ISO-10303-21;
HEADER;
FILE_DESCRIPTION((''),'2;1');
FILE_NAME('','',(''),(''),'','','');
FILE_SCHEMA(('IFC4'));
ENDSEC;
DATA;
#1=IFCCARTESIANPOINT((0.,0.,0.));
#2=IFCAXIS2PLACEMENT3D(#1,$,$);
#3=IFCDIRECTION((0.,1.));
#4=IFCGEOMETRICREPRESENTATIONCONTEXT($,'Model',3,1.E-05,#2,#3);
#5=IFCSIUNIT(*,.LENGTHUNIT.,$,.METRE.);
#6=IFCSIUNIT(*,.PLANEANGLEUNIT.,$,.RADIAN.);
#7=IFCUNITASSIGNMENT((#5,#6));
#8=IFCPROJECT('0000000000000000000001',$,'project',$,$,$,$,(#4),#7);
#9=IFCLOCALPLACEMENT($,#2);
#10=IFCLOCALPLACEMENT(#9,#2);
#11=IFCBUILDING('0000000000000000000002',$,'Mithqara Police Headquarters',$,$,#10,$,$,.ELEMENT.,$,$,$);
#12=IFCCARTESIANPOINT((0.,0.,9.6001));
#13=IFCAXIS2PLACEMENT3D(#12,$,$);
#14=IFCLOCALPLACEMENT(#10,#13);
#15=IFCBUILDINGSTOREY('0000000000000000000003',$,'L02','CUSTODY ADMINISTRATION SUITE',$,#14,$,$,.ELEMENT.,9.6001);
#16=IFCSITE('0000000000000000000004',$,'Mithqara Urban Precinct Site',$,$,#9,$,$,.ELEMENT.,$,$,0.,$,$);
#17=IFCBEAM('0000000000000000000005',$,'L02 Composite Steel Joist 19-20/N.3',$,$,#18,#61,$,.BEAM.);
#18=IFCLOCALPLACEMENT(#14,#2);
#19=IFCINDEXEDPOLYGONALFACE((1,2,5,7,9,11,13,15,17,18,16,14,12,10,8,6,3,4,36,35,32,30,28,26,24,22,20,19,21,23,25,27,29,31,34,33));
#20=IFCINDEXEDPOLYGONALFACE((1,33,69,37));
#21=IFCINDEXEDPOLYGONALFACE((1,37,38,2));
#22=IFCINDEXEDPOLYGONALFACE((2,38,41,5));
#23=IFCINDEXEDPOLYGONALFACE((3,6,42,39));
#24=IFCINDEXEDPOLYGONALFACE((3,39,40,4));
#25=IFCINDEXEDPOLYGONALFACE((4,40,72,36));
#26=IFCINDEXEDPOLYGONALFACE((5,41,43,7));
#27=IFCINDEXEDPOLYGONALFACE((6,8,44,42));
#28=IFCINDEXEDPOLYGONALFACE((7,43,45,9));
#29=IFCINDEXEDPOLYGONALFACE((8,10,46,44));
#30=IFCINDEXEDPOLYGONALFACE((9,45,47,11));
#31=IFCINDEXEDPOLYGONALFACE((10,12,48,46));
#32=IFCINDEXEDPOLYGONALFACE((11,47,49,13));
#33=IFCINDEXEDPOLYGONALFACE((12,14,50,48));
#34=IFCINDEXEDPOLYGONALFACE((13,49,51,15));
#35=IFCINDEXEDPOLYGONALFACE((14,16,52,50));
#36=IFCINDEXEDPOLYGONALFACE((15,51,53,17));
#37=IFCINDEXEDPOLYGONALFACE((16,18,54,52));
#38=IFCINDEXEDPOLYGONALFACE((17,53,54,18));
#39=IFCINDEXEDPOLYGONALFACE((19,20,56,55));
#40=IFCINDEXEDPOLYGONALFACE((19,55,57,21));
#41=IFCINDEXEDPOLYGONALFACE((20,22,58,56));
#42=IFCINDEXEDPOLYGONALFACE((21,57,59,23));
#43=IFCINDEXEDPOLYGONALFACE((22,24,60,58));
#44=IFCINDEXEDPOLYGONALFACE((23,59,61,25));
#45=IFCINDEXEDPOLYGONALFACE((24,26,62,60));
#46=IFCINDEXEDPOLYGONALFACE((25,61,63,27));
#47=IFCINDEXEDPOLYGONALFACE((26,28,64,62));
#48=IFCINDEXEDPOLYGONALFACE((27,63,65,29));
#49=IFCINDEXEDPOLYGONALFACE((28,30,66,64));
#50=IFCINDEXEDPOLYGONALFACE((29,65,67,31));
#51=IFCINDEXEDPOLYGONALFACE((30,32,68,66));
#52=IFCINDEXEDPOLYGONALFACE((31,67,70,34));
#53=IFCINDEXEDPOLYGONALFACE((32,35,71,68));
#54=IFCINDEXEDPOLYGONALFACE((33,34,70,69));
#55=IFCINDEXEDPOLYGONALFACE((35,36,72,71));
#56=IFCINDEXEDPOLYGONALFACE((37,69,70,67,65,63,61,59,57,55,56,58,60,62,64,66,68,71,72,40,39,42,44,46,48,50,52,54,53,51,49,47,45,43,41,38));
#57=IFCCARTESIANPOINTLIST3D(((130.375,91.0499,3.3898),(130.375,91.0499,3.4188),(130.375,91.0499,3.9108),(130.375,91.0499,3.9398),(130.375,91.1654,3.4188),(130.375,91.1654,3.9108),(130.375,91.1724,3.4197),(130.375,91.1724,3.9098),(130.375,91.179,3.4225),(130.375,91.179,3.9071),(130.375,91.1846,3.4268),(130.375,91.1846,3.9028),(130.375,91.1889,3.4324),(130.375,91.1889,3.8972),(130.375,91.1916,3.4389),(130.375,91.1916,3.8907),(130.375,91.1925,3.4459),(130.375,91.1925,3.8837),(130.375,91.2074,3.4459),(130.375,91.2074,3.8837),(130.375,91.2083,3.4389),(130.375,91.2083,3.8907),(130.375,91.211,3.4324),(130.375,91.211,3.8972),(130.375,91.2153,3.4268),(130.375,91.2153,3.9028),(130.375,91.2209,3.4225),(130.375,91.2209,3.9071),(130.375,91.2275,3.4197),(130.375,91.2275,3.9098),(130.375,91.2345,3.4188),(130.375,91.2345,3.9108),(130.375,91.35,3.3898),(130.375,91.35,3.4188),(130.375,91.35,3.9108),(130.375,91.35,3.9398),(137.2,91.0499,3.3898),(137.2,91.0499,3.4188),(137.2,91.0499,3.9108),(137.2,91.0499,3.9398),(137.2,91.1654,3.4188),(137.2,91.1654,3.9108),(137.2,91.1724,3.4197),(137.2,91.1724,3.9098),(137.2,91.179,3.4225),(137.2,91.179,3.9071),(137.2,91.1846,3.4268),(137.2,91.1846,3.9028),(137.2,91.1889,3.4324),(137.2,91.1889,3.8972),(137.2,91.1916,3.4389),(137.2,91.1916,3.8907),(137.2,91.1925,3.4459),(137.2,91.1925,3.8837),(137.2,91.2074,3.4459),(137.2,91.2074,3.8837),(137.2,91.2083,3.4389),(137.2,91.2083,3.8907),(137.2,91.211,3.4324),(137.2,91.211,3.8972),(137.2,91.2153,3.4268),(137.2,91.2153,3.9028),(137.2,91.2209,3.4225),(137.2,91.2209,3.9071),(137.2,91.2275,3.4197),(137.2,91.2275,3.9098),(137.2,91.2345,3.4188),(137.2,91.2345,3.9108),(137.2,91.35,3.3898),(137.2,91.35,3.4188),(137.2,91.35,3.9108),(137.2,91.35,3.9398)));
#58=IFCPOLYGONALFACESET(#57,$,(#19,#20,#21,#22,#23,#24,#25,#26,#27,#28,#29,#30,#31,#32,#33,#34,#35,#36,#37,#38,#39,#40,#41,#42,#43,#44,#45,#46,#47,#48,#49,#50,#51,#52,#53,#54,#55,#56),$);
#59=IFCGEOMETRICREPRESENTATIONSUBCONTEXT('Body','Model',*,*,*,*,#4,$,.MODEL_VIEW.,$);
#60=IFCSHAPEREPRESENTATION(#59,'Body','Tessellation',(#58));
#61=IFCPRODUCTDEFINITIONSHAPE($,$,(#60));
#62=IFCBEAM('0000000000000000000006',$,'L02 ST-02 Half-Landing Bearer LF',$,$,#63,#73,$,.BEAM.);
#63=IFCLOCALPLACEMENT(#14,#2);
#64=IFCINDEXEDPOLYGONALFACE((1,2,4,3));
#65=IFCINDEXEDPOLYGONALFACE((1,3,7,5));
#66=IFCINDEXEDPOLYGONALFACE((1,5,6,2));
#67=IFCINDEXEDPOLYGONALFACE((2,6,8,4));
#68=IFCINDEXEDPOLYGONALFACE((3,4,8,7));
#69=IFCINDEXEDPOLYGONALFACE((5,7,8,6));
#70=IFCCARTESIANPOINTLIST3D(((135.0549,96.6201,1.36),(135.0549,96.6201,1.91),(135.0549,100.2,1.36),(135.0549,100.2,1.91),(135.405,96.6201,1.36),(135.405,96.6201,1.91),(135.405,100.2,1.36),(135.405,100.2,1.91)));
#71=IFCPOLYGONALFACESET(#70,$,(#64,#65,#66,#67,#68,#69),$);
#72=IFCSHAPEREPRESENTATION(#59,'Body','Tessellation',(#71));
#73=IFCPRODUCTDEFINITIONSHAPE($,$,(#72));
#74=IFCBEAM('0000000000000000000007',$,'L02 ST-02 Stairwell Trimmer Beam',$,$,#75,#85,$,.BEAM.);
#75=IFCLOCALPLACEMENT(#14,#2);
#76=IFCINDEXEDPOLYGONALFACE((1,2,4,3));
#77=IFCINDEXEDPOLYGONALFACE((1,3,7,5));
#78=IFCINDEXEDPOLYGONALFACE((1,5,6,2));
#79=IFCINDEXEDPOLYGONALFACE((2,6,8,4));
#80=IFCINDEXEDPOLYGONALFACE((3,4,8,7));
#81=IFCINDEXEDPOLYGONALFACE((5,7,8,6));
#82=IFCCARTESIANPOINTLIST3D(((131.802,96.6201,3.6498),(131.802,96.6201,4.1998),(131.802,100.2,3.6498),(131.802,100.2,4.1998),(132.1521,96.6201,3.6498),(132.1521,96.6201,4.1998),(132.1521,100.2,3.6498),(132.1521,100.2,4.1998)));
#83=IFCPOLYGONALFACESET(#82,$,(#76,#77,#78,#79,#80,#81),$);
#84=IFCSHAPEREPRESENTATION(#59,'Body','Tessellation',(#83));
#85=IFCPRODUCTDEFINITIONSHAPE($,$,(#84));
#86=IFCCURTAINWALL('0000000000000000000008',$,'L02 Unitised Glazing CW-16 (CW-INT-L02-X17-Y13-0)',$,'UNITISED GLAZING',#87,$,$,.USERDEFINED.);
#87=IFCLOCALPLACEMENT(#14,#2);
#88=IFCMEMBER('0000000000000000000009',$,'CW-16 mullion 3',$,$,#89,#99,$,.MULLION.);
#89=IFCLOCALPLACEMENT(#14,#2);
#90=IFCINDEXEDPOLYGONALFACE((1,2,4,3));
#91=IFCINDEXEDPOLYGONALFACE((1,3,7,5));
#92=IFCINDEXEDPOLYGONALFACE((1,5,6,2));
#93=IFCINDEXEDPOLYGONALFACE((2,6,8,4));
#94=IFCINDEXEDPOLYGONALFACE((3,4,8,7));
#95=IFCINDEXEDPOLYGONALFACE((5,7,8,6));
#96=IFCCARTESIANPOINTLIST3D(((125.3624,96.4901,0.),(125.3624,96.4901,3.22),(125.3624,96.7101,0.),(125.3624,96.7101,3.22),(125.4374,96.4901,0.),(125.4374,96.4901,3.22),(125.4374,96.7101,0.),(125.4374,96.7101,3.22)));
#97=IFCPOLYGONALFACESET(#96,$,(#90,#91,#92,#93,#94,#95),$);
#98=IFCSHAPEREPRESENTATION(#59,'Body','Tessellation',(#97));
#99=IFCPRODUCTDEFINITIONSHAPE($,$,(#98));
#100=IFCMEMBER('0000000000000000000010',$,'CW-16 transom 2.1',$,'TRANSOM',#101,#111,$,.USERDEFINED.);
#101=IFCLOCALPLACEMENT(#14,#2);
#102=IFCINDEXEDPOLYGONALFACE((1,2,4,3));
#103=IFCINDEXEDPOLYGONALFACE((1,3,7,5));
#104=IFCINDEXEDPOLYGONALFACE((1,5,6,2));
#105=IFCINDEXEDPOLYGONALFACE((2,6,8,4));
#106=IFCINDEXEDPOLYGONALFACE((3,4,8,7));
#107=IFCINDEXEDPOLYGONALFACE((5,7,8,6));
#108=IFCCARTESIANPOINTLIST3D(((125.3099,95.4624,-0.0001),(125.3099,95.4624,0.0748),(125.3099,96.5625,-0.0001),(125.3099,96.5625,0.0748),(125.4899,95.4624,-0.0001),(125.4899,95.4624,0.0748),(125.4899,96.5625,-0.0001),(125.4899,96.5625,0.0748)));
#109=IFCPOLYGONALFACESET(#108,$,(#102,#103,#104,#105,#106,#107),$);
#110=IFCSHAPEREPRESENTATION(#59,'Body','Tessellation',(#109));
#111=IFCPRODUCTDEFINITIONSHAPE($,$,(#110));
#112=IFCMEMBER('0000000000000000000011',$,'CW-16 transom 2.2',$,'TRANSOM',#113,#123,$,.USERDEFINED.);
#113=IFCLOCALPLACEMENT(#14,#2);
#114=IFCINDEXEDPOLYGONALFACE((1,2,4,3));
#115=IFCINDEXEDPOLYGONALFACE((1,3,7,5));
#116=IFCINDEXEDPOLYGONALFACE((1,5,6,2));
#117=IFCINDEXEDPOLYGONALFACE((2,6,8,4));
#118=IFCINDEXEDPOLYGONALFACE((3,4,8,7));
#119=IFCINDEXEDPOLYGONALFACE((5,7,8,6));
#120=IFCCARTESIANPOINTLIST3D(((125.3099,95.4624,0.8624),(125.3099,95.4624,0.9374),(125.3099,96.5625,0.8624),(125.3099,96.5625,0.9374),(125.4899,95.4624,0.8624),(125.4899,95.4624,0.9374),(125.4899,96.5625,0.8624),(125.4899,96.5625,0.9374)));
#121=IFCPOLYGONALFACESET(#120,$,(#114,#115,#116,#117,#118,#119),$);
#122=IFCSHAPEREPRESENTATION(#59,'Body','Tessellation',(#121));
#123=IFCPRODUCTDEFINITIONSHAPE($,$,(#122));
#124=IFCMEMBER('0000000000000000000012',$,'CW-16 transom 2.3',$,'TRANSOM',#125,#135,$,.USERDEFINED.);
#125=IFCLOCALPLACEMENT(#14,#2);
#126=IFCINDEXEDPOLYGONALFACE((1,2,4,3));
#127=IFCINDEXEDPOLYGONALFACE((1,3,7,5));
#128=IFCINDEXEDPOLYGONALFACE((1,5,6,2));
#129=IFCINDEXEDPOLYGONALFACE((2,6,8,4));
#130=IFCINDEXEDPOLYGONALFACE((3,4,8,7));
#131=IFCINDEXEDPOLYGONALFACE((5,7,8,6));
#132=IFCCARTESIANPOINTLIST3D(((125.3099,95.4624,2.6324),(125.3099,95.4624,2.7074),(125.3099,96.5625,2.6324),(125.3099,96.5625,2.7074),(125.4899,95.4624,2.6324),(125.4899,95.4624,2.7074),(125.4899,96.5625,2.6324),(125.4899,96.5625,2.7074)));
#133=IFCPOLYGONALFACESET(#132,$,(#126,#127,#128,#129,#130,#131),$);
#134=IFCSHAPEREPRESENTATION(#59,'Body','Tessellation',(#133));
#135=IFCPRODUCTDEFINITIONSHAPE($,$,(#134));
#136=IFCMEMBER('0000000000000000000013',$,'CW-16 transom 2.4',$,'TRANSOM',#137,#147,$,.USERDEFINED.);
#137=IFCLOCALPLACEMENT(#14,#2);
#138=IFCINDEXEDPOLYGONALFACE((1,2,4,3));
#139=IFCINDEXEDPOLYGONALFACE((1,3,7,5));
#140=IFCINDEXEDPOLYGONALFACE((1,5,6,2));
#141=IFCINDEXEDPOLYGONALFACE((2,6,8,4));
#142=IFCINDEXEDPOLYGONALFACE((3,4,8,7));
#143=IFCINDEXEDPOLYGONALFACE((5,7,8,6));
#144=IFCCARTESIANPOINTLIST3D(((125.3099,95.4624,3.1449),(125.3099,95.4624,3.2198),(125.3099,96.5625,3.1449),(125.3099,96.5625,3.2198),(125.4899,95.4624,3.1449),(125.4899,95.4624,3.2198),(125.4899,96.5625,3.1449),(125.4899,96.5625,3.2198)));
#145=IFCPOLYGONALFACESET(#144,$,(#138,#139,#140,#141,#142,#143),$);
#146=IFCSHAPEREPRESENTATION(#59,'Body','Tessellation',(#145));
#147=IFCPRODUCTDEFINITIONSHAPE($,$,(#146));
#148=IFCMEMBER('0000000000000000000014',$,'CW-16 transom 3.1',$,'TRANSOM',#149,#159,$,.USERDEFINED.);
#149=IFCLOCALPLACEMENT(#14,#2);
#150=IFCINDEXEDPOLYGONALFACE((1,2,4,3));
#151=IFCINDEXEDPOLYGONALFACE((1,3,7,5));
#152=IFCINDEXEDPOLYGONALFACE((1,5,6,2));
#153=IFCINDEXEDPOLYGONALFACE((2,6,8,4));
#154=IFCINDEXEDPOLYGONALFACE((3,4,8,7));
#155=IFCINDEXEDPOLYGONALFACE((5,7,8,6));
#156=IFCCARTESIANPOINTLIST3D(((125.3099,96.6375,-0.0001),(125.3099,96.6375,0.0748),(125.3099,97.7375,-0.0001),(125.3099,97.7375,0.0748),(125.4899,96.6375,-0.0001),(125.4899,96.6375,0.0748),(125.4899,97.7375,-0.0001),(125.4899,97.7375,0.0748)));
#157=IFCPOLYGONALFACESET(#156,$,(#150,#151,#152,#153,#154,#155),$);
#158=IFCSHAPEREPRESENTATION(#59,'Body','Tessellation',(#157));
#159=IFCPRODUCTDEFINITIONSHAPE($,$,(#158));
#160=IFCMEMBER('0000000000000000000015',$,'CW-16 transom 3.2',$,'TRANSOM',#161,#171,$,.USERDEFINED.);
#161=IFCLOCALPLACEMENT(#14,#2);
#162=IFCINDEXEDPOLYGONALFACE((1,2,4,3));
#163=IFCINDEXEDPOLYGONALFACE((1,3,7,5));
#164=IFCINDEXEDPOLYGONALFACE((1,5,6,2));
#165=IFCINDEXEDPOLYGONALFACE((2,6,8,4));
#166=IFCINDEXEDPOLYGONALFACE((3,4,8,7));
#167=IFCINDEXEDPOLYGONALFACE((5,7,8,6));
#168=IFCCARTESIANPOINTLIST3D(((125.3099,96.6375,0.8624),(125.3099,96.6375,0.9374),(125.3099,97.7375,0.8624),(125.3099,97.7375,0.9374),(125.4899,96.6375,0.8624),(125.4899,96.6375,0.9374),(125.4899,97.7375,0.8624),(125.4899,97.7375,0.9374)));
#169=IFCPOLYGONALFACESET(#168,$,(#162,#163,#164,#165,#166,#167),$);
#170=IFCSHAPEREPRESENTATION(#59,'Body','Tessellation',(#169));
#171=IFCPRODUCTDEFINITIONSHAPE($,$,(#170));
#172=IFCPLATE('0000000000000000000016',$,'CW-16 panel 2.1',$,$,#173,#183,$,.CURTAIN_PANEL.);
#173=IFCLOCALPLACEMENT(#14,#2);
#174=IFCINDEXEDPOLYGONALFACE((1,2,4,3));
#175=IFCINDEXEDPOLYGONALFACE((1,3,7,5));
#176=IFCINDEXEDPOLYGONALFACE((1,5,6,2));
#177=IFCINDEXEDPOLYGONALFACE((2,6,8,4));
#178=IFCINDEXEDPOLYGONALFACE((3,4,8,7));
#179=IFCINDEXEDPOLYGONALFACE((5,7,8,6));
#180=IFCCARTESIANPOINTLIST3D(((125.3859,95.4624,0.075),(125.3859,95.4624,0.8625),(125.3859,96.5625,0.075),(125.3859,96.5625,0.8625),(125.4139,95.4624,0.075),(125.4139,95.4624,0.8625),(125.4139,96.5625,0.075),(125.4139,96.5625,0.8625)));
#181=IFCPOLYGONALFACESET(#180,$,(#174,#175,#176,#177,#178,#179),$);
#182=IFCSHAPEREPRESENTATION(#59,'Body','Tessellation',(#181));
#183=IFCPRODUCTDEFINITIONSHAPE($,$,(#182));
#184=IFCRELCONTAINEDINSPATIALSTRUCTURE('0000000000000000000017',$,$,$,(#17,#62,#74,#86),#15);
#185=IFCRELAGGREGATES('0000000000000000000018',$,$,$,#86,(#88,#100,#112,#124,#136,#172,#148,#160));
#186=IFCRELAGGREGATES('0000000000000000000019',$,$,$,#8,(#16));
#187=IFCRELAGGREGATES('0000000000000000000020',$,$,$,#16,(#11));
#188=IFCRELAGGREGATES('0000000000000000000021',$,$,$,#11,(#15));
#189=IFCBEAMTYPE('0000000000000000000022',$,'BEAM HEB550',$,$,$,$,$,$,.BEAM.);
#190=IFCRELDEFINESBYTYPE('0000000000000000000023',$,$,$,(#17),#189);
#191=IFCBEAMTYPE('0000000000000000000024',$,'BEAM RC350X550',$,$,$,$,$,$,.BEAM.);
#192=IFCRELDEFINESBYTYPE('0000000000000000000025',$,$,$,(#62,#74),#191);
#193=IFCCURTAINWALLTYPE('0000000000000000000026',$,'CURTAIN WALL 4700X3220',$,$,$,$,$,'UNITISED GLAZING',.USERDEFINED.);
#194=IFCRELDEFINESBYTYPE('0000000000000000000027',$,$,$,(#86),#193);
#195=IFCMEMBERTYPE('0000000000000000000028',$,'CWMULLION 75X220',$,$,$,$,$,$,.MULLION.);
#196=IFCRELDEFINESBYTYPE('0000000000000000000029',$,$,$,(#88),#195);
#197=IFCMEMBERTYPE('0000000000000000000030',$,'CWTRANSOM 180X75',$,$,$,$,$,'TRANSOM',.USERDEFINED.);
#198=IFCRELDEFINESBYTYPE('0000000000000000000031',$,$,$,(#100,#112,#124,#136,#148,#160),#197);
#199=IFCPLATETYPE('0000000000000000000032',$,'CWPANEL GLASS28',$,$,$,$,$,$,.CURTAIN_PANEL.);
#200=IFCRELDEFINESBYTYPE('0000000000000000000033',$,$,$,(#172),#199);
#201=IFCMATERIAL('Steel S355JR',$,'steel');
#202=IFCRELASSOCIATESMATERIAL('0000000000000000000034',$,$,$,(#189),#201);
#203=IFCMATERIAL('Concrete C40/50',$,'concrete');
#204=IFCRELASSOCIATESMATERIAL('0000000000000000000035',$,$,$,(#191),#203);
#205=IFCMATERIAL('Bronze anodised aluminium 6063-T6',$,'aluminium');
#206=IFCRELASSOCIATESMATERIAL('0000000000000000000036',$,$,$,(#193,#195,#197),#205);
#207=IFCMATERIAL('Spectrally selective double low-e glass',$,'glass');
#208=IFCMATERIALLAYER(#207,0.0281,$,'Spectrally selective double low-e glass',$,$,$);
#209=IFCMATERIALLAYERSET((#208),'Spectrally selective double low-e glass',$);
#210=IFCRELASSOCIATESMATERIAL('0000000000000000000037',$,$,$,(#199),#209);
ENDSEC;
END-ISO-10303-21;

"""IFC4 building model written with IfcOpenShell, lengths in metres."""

from ifc_helpers import new_model, si_unit, direction, frame, origin, origin_2d, place, context, subcontext, project, spatial, rectangle, i_section, extrude, material, layer, layer_set, material_profile, profile_set, type_object, element, aggregate, save


model = new_model("IFC4")

# Units and contexts
model_context = context("Model", 3, precision=1e-05, world=origin(), true_north=direction((0.0, 1.0)))
body_context = subcontext(model_context, "Body", "Model", "MODEL_VIEW")
ifc_project = project(units=[si_unit("LENGTHUNIT", "METRE"), si_unit("PLANEANGLEUNIT", "RADIAN")], contexts=[model_context])

# Site, building, storey
site_placement = place(None, origin())
site = spatial("IfcSite", under=ifc_project, at=site_placement, Name="Mithqara Urban Precinct Site", CompositionType="ELEMENT", RefElevation=0.0)
building_placement = place(site_placement, origin())
building = spatial("IfcBuilding", under=site, at=building_placement, Name="Mithqara Police Headquarters", CompositionType="ELEMENT")
storey_placement = place(building_placement, frame((0.0, 0.0, 9.6001)))
storey = spatial("IfcBuildingStorey", under=building, at=storey_placement, Name="L02", Description="CUSTODY ADMINISTRATION SUITE", CompositionType="ELEMENT", Elevation=9.6001)

# Beams
ifc_material_1 = material(Name="Steel S355JR", Category="steel")
ifc_material_profile_1 = material_profile(ifc_material_1, i_section(OverallWidth=0.3, OverallDepth=0.55, WebThickness=0.0149, FlangeThickness=0.0291, FilletRadius=0.0271, at=origin_2d()), Name="HEB 550")
ifc_profile_set_1 = profile_set([ifc_material_profile_1], Name="Steel S355JR")
beam_type_1 = type_object("IfcBeamType", Name="BEAM HEB550", PredefinedType="BEAM", material=ifc_profile_set_1)
beam_placement = place(storey_placement, frame((130.375, 91.2, 3.6648), z_axis=(1.0, 0.0, 0.0), x_axis=(0.0, 1.0, 0.0)))
element("IfcBeam", 1, at=beam_placement, inside=storey, type_object=beam_type_1, Name="L02 Composite Steel Joist 19-20/N.3", PredefinedType="BEAM", context=body_context, shape_type="SweptSolid", body=[
    extrude(i_section(OverallWidth=0.3, OverallDepth=0.55, WebThickness=0.0149, FlangeThickness=0.0291, FilletRadius=0.0271, at=origin_2d()), origin(), (0.0, 0.0, 1.0), 6.825),
])
ifc_material_2 = material(Name="Concrete C40/50", Category="concrete")
ifc_material_profile_2 = material_profile(ifc_material_2, rectangle(XDim=0.3501, YDim=0.55, at=origin_2d()), Name="RC 350x550")
ifc_profile_set_2 = profile_set([ifc_material_profile_2], Name="Concrete C40/50")
beam_type_2 = type_object("IfcBeamType", Name="BEAM RC350X550", PredefinedType="BEAM", material=ifc_profile_set_2)
for number, where, z_axis, x_axis, name in (
    (2, (135.23, 96.6201, 1.635), (0.0, 1.0, 0.0), (-1.0, 0.0, 0.0), "L02 ST-02 Half-Landing Bearer LF"),
    (3, (131.9771, 96.6201, 3.9248), (0.0, 1.0, 0.0), (-1.0, 0.0, 0.0), "L02 ST-02 Stairwell Trimmer Beam"),
):
    element("IfcBeam", number, at=place(storey_placement, frame(where, z_axis=z_axis, x_axis=x_axis)), inside=storey, type_object=beam_type_2, Name=name, PredefinedType="BEAM", context=body_context, shape_type="SweptSolid", body=[
        extrude(rectangle(XDim=0.3501, YDim=0.55, at=origin_2d()), origin(), (0.0, 0.0, 1.0), 3.5798),
    ])

# Curtain wall, members, plate
ifc_material_3 = material(Name="Bronze anodised aluminium 6063-T6", Category="aluminium")
curtain_wall_type = type_object("IfcCurtainWallType", Name="CURTAIN WALL 4700X3220", ElementType="UNITISED GLAZING", PredefinedType="USERDEFINED", material=ifc_material_3)
curtain_wall_placement = place(storey_placement, origin())
curtain_wall = element("IfcCurtainWall", 4, at=curtain_wall_placement, inside=storey, type_object=curtain_wall_type, Name="L02 Unitised Glazing CW-16 (CW-INT-L02-X17-Y13-0)", ObjectType="UNITISED GLAZING", PredefinedType="USERDEFINED")
ifc_material_profile_3 = material_profile(ifc_material_3, rectangle(XDim=0.075, YDim=0.22, at=origin_2d()), Name="CWM 75x220")
ifc_profile_set_3 = profile_set([ifc_material_profile_3], Name="Bronze anodised aluminium 6063-T6")
member_type_1 = type_object("IfcMemberType", Name="CWMULLION 75X220", PredefinedType="MULLION", material=ifc_profile_set_3)
member_1_placement = place(storey_placement, frame((125.3999, 96.6001, 0.0), z_axis=(0.0, 0.0, 1.0), x_axis=(-1.0, 0.0, 0.0)))
member_1 = element("IfcMember", 5, at=member_1_placement, type_object=member_type_1, Name="CW-16 mullion 3", PredefinedType="MULLION", context=body_context, shape_type="SweptSolid", body=[
    extrude(rectangle(XDim=0.075, YDim=0.22, at=origin_2d()), origin(), (0.0, 0.0, 1.0), 3.22),
])
ifc_material_profile_4 = material_profile(ifc_material_3, rectangle(XDim=0.1799, YDim=0.075, at=origin_2d()), Name="CWT 180x75")
ifc_profile_set_4 = profile_set([ifc_material_profile_4], Name="Bronze anodised aluminium 6063-T6")
member_type_2 = type_object("IfcMemberType", Name="CWTRANSOM 180X75", ElementType="TRANSOM", PredefinedType="USERDEFINED", material=ifc_profile_set_4)
member_2_placement = place(storey_placement, frame((125.3999, 95.4624, 0.0374), z_axis=(0.0, 1.0, 0.0), x_axis=(-1.0, 0.0, 0.0)))
member_2 = element("IfcMember", 6, at=member_2_placement, type_object=member_type_2, Name="CW-16 transom 2.1", ObjectType="TRANSOM", PredefinedType="USERDEFINED", context=body_context, shape_type="SweptSolid", body=[
    extrude(rectangle(XDim=0.1799, YDim=0.075, at=origin_2d()), origin(), (0.0, 0.0, 1.0), 1.1001),
])
member_3_placement = place(storey_placement, frame((125.3999, 95.4624, 0.8999), z_axis=(0.0, 1.0, 0.0), x_axis=(-1.0, 0.0, 0.0)))
member_3 = element("IfcMember", 7, at=member_3_placement, type_object=member_type_2, Name="CW-16 transom 2.2", ObjectType="TRANSOM", PredefinedType="USERDEFINED", context=body_context, shape_type="SweptSolid", body=[
    extrude(rectangle(XDim=0.1799, YDim=0.075, at=origin_2d()), origin(), (0.0, 0.0, 1.0), 1.1001),
])
member_4_placement = place(storey_placement, frame((125.3999, 95.4624, 2.6699), z_axis=(0.0, 1.0, 0.0), x_axis=(-1.0, 0.0, 0.0)))
member_4 = element("IfcMember", 8, at=member_4_placement, type_object=member_type_2, Name="CW-16 transom 2.3", ObjectType="TRANSOM", PredefinedType="USERDEFINED", context=body_context, shape_type="SweptSolid", body=[
    extrude(rectangle(XDim=0.1799, YDim=0.075, at=origin_2d()), origin(), (0.0, 0.0, 1.0), 1.1001),
])
member_5_placement = place(storey_placement, frame((125.3999, 95.4624, 3.1824), z_axis=(0.0, 1.0, 0.0), x_axis=(-1.0, 0.0, 0.0)))
member_5 = element("IfcMember", 9, at=member_5_placement, type_object=member_type_2, Name="CW-16 transom 2.4", ObjectType="TRANSOM", PredefinedType="USERDEFINED", context=body_context, shape_type="SweptSolid", body=[
    extrude(rectangle(XDim=0.1799, YDim=0.075, at=origin_2d()), origin(), (0.0, 0.0, 1.0), 1.1001),
])
member_6_placement = place(storey_placement, frame((125.3999, 96.6375, 0.0374), z_axis=(0.0, 1.0, 0.0), x_axis=(-1.0, 0.0, 0.0)))
member_6 = element("IfcMember", 10, at=member_6_placement, type_object=member_type_2, Name="CW-16 transom 3.1", ObjectType="TRANSOM", PredefinedType="USERDEFINED", context=body_context, shape_type="SweptSolid", body=[
    extrude(rectangle(XDim=0.1799, YDim=0.075, at=origin_2d()), origin(), (0.0, 0.0, 1.0), 1.1001),
])
member_7_placement = place(storey_placement, frame((125.3999, 96.6375, 0.8999), z_axis=(0.0, 1.0, 0.0), x_axis=(-1.0, 0.0, 0.0)))
member_7 = element("IfcMember", 11, at=member_7_placement, type_object=member_type_2, Name="CW-16 transom 3.2", ObjectType="TRANSOM", PredefinedType="USERDEFINED", context=body_context, shape_type="SweptSolid", body=[
    extrude(rectangle(XDim=0.1799, YDim=0.075, at=origin_2d()), origin(), (0.0, 0.0, 1.0), 1.1001),
])
ifc_material_4 = material(Name="Spectrally selective double low-e glass", Category="glass")
ifc_layer_1 = layer(ifc_material_4, 0.0281, Name="Spectrally selective double low-e glass")
ifc_layer_set_1 = layer_set([ifc_layer_1], Name="Spectrally selective double low-e glass")
plate_type = type_object("IfcPlateType", Name="CWPANEL GLASS28", PredefinedType="CURTAIN_PANEL", material=ifc_layer_set_1)
plate_1_placement = place(storey_placement, frame((125.3999, 96.0125, 0.075), z_axis=(0.0, 0.0, 1.0), x_axis=(0.0, 1.0, 0.0)))
plate_1 = element("IfcPlate", 12, at=plate_1_placement, type_object=plate_type, Name="CW-16 panel 2.1", PredefinedType="CURTAIN_PANEL", context=body_context, shape_type="SweptSolid", body=[
    extrude(rectangle(XDim=1.1001, YDim=0.0281, at=origin_2d()), origin(), (0.0, 0.0, 1.0), 0.7876),
])
aggregate(curtain_wall, [member_1, member_2, member_3, member_4, member_5, plate_1, member_6, member_7])

save(model, "model.ifc")
